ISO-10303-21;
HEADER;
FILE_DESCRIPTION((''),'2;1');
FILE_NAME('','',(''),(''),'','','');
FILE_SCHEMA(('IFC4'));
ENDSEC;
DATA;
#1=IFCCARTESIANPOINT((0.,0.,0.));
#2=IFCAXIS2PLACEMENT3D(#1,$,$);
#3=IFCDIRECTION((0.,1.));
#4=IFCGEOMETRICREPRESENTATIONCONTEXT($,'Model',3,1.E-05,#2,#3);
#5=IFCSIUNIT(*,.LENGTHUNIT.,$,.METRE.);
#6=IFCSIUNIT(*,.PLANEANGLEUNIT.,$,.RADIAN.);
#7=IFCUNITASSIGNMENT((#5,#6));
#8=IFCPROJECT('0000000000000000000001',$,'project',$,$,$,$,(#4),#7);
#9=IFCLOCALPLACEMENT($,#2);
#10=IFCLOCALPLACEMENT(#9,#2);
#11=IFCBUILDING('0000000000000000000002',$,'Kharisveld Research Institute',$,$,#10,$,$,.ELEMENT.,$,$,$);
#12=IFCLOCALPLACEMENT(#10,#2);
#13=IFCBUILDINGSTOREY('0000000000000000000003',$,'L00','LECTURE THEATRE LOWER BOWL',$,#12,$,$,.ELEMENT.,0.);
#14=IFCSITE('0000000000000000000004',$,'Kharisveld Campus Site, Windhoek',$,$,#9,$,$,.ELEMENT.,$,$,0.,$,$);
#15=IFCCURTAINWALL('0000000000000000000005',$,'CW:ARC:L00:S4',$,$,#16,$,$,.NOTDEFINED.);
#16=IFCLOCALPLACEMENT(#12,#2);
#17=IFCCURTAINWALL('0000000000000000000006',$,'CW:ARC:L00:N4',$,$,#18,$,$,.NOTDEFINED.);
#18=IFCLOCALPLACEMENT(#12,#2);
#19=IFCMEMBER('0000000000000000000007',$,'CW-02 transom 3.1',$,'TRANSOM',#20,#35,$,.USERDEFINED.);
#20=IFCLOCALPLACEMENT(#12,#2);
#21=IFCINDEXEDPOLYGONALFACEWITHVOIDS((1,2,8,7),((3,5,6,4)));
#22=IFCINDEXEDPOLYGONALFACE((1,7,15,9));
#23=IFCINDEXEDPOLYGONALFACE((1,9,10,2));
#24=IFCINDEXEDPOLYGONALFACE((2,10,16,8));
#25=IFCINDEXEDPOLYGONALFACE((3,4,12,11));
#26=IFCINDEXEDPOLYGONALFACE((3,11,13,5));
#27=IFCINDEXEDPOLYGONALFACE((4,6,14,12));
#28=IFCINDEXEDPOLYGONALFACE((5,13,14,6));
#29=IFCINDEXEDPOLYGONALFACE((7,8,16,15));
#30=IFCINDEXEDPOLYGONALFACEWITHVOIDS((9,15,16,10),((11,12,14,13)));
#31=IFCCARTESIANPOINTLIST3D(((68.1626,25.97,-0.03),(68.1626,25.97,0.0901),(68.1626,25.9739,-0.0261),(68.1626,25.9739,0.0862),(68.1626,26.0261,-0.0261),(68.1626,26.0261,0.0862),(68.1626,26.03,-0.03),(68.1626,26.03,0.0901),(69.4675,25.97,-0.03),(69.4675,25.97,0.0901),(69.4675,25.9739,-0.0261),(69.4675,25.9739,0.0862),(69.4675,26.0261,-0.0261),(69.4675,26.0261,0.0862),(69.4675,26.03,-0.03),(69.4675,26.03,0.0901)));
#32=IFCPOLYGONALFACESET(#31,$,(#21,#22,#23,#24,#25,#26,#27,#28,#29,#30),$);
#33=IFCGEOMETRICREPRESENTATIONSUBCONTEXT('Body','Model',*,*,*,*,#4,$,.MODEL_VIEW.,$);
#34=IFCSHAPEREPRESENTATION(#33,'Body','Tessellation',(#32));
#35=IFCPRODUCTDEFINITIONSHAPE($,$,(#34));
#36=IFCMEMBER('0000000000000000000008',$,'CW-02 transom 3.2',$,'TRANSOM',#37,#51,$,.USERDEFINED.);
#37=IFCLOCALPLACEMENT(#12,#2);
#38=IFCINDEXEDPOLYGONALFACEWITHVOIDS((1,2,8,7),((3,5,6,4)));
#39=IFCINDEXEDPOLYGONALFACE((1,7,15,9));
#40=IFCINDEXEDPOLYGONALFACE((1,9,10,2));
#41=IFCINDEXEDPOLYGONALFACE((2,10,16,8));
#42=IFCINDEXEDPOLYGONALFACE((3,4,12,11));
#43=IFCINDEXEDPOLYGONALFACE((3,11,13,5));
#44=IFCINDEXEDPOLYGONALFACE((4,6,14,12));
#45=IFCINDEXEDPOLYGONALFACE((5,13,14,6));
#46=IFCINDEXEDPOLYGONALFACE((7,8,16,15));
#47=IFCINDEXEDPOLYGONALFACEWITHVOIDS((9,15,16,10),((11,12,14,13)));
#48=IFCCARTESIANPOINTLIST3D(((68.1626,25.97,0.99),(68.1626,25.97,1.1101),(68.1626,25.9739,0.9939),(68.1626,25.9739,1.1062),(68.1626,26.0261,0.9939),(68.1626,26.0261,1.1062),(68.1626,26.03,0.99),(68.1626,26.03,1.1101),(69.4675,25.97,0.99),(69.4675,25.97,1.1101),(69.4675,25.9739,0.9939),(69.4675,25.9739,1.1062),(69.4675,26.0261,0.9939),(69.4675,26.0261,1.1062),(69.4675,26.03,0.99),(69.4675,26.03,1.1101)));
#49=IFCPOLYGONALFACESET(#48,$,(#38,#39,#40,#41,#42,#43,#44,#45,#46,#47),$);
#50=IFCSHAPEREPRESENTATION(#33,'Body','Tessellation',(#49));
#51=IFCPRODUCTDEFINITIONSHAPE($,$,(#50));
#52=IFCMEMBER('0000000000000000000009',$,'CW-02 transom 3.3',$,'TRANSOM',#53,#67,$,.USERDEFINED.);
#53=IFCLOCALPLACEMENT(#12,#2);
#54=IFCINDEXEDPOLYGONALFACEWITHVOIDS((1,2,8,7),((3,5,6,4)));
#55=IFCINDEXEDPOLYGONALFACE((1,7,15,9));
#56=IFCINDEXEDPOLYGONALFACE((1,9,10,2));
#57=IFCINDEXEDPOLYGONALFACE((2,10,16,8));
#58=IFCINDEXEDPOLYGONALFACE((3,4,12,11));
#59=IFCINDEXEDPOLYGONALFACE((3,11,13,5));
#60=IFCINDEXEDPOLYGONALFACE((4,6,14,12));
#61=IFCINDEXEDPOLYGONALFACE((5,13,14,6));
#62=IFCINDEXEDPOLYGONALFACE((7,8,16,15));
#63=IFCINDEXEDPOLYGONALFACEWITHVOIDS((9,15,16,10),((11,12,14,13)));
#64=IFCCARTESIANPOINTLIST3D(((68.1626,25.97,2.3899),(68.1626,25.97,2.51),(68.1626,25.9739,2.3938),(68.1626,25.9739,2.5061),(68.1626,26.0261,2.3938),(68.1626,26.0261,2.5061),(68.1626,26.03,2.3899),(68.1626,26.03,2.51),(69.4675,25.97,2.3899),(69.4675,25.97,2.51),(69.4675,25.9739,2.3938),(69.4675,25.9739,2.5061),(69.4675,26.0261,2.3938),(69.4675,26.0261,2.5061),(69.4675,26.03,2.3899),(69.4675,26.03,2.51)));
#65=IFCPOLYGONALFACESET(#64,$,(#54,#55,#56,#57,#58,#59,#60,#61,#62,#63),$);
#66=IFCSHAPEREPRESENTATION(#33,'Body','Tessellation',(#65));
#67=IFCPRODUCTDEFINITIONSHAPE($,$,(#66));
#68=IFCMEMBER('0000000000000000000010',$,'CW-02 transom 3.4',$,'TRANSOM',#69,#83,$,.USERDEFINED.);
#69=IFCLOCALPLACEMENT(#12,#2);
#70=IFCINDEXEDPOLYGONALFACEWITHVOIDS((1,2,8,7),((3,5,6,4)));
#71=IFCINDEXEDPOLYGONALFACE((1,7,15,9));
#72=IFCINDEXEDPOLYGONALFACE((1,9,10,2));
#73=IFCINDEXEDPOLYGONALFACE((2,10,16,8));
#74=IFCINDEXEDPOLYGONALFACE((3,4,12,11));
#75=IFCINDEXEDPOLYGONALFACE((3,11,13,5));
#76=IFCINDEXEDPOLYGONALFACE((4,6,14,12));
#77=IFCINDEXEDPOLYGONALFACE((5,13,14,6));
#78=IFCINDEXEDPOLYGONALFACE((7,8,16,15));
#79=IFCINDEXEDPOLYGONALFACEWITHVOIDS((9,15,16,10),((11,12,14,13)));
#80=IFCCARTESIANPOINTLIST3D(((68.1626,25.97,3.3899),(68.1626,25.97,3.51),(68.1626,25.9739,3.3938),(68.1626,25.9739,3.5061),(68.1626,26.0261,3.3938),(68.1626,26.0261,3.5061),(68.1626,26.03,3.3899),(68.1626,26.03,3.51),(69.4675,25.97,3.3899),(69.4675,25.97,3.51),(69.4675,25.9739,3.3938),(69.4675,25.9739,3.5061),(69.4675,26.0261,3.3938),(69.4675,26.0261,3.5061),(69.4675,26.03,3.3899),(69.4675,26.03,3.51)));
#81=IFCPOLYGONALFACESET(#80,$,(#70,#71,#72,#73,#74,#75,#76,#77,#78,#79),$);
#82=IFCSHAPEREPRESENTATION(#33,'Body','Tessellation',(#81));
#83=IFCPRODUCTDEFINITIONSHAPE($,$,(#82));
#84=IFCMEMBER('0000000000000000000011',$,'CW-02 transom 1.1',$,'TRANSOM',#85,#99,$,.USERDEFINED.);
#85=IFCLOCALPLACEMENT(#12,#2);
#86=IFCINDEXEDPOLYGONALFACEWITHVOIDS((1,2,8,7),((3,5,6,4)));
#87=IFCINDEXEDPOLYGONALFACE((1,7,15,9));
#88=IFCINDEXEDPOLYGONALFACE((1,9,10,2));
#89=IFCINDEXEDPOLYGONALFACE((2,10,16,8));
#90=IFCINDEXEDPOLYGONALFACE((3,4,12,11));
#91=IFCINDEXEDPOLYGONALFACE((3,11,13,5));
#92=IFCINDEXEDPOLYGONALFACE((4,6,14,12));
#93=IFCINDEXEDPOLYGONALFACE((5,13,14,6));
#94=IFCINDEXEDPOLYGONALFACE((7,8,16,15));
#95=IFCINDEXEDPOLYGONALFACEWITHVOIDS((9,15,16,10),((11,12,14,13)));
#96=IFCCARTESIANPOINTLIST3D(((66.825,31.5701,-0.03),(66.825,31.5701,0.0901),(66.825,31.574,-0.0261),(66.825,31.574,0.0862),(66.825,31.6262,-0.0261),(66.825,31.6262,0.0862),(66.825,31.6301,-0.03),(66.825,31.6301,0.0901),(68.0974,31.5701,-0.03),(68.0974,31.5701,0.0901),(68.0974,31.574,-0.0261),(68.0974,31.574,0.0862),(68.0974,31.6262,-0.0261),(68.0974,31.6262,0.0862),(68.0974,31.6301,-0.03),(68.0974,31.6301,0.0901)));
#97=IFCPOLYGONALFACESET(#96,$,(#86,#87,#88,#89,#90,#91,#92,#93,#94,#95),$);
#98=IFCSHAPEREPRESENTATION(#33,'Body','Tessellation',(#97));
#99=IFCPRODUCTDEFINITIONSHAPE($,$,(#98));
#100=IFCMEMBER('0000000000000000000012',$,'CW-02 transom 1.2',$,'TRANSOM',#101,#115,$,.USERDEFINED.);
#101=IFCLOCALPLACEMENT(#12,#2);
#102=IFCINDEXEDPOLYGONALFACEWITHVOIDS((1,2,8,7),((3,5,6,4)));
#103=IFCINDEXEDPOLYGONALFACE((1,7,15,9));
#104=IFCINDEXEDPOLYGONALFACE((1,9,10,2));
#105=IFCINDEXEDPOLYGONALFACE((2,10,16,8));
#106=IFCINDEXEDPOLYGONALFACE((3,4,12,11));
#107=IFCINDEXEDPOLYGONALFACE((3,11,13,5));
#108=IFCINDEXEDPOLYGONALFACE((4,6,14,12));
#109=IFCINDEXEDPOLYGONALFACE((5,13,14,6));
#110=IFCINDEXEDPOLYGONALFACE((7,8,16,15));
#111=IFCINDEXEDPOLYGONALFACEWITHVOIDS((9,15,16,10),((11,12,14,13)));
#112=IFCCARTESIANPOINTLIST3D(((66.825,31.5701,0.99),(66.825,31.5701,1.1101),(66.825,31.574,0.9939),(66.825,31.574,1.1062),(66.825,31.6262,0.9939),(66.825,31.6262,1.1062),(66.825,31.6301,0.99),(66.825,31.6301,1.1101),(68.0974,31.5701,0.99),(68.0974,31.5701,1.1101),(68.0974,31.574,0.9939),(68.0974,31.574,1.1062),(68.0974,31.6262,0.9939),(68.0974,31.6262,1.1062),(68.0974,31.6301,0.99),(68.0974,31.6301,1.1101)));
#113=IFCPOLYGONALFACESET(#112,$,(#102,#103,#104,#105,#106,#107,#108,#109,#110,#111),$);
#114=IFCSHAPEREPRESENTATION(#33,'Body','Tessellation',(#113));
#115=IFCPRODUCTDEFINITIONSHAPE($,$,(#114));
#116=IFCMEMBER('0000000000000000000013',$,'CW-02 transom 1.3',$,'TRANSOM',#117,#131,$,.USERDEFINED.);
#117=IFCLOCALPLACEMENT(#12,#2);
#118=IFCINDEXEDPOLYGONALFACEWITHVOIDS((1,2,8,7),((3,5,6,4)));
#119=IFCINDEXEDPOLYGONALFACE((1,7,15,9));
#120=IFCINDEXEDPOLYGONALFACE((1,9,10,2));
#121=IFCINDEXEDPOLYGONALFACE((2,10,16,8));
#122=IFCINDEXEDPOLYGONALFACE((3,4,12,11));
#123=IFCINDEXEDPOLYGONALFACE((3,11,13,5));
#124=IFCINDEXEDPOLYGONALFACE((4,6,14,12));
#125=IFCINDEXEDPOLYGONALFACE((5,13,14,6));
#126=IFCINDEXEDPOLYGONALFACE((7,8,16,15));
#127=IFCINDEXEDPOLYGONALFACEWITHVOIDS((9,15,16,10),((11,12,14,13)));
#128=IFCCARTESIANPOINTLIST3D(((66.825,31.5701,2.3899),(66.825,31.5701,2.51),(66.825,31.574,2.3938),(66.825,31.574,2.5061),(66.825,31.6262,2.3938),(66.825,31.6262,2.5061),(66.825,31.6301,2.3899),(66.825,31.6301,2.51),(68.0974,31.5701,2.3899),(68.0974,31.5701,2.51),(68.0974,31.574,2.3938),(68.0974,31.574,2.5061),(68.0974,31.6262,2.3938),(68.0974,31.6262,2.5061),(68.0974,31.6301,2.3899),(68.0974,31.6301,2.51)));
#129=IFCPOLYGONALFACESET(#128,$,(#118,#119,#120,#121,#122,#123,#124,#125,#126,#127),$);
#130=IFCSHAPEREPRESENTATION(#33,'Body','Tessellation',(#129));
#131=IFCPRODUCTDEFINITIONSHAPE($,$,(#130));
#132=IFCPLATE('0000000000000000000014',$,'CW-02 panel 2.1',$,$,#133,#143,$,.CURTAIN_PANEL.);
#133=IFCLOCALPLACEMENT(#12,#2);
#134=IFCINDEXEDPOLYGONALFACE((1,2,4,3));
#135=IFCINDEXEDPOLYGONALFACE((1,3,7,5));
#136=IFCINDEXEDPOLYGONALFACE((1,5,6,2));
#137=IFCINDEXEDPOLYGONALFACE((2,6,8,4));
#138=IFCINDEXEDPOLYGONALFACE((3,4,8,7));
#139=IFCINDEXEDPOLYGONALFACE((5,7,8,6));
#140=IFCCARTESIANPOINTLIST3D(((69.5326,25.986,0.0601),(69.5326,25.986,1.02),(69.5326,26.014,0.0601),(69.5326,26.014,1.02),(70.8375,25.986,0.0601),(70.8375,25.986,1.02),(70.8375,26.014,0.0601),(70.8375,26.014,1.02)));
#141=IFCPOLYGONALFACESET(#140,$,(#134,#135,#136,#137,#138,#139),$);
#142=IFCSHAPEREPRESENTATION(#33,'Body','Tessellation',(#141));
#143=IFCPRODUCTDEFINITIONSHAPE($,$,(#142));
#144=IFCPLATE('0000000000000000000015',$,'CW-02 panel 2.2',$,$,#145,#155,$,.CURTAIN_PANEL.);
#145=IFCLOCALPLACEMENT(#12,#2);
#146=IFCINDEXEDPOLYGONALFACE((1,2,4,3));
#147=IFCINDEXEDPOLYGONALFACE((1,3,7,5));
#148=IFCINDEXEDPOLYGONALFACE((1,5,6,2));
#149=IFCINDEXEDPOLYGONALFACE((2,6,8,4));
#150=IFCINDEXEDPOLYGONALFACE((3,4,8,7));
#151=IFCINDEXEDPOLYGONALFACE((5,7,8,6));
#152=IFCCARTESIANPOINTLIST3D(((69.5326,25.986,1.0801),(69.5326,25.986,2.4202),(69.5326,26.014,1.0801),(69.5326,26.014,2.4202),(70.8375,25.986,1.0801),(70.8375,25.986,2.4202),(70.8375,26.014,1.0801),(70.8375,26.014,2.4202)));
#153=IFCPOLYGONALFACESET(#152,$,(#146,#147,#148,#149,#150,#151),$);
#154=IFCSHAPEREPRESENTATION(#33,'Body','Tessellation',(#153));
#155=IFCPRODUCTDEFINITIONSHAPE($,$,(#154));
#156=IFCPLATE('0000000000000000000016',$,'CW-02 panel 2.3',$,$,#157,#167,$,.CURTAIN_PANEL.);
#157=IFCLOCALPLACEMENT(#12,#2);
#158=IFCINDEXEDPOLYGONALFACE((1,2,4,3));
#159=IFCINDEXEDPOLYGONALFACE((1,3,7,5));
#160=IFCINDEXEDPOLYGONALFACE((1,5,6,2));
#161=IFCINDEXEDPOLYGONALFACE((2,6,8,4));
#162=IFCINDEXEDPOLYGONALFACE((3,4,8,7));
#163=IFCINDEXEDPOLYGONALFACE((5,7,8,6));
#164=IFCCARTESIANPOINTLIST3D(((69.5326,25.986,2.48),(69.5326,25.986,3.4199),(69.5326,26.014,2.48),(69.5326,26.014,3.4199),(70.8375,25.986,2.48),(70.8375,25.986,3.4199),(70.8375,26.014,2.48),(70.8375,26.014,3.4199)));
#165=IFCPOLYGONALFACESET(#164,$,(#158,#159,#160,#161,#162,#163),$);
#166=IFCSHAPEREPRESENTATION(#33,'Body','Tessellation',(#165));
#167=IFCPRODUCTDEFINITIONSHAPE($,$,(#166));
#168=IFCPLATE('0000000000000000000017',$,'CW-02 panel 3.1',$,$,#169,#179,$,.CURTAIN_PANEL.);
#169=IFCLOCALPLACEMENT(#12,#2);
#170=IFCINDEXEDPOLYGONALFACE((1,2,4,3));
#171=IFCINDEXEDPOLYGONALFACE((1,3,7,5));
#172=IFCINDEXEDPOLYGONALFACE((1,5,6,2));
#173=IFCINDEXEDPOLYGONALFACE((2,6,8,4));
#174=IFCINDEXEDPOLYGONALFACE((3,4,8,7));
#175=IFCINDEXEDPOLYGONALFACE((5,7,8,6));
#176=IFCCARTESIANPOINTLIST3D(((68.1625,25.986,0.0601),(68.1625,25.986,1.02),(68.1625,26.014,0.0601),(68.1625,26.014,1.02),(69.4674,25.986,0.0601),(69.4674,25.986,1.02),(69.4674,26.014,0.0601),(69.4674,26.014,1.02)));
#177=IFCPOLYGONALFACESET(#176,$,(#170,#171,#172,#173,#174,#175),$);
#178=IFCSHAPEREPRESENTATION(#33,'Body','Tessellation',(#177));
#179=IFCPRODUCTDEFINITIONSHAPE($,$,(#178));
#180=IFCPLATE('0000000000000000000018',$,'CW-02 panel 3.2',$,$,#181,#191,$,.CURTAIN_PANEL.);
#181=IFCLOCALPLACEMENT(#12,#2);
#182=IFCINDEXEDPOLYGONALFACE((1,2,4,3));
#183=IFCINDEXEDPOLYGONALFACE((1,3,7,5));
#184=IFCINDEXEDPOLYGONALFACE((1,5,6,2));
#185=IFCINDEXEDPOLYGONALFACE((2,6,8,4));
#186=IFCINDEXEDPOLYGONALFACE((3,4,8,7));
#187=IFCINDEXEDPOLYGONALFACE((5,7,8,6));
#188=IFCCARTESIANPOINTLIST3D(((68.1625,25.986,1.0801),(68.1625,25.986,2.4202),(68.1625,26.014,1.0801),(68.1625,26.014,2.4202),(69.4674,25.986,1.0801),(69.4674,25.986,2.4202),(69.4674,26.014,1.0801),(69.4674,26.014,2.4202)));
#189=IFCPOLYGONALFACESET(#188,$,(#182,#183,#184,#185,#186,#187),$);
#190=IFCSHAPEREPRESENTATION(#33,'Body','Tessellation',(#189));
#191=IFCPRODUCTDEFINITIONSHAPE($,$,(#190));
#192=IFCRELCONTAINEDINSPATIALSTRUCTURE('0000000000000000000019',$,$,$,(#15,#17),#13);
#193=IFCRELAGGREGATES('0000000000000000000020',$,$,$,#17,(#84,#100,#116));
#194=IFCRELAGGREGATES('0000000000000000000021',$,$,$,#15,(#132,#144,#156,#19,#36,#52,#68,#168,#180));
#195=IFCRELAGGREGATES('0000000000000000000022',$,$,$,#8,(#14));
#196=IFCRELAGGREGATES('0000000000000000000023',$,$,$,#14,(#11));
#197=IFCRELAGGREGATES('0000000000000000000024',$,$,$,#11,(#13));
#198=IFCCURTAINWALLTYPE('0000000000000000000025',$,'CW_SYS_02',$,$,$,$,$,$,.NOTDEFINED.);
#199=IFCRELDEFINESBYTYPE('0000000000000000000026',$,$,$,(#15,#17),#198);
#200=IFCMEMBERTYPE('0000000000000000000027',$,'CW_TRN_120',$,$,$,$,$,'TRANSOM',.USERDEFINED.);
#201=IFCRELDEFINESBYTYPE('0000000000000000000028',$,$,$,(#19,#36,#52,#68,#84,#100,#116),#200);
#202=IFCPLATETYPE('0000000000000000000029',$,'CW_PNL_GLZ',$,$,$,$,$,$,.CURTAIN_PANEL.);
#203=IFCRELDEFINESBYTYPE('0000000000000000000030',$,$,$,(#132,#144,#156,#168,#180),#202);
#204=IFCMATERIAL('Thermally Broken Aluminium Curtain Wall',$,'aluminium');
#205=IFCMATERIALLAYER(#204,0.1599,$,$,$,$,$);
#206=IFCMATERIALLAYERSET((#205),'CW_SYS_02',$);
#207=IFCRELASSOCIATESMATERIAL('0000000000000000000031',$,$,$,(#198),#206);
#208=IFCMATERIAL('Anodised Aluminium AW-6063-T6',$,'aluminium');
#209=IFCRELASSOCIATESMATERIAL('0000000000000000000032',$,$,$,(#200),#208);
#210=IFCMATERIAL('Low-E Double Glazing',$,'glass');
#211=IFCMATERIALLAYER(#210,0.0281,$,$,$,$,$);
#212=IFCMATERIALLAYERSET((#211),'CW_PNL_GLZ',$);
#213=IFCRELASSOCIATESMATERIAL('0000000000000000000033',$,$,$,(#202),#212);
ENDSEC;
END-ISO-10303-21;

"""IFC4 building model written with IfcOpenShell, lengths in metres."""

from ifc_helpers import new_model, si_unit, direction, frame, origin, origin_2d, place, context, subcontext, project, spatial, rectangle, hollow_rectangle, extrude, material, layer, layer_set, material_profile, profile_set, type_object, element, aggregate, save


model = new_model("IFC4")

# Units and contexts
model_context = context("Model", 3, precision=1e-05, world=origin(), true_north=direction((0.0, 1.0)))
body_context = subcontext(model_context, "Body", "Model", "MODEL_VIEW")
ifc_project = project(units=[si_unit("LENGTHUNIT", "METRE"), si_unit("PLANEANGLEUNIT", "RADIAN")], contexts=[model_context])

# Site, building, storey
site_placement = place(None, origin())
site = spatial("IfcSite", under=ifc_project, at=site_placement, Name="Kharisveld Campus Site, Windhoek", CompositionType="ELEMENT", RefElevation=0.0)
building_placement = place(site_placement, origin())
building = spatial("IfcBuilding", under=site, at=building_placement, Name="Kharisveld Research Institute", CompositionType="ELEMENT")
storey_placement = place(building_placement, origin())
storey = spatial("IfcBuildingStorey", under=building, at=storey_placement, Name="L00", Description="LECTURE THEATRE LOWER BOWL", CompositionType="ELEMENT", Elevation=0.0)

# Curtain wall
ifc_material_1 = material(Name="Thermally Broken Aluminium Curtain Wall", Category="aluminium")
ifc_layer_1 = layer(ifc_material_1, 0.1599)
ifc_layer_set_1 = layer_set([ifc_layer_1], Name="CW_SYS_02")
curtain_wall_type = type_object("IfcCurtainWallType", Name="CW_SYS_02", PredefinedType="NOTDEFINED", material=ifc_layer_set_1)
curtain_wall_1_placement = place(storey_placement, origin())
curtain_wall_1 = element("IfcCurtainWall", 1, at=curtain_wall_1_placement, inside=storey, type_object=curtain_wall_type, Name="CW:ARC:L00:S4", PredefinedType="NOTDEFINED")

# Curtain wall
curtain_wall_2_placement = place(storey_placement, origin())
curtain_wall_2 = element("IfcCurtainWall", 2, at=curtain_wall_2_placement, inside=storey, type_object=curtain_wall_type, Name="CW:ARC:L00:N4", PredefinedType="NOTDEFINED")

# Members
ifc_material_2 = material(Name="Anodised Aluminium AW-6063-T6", Category="aluminium")
ifc_material_profile_1 = material_profile(ifc_material_2, hollow_rectangle(XDim=0.0601, YDim=0.1201, WallThickness=0.0039, at=origin_2d()))
ifc_profile_set_1 = profile_set([ifc_material_profile_1], Name="Anodised Aluminium AW-6063-T6")
member_type_1 = type_object("IfcMemberType", Name="CW_TRN_120", ElementType="TRANSOM", PredefinedType="USERDEFINED", material=ifc_profile_set_1)
member_1_placement = place(storey_placement, frame((69.4675, 26.0, 0.03), z_axis=(-1.0, 0.0, 0.0), x_axis=(0.0, -1.0, 0.0)))
member_1 = element("IfcMember", 3, at=member_1_placement, type_object=member_type_1, Name="CW-02 transom 3.1", ObjectType="TRANSOM", PredefinedType="USERDEFINED", context=body_context, shape_type="SweptSolid", body=[
    extrude(hollow_rectangle(XDim=0.0601, YDim=0.1201, WallThickness=0.0039, at=origin_2d()), origin(), (0.0, 0.0, 1.0), 1.3049),
])
member_2_placement = place(storey_placement, frame((69.4675, 26.0, 1.05), z_axis=(-1.0, 0.0, 0.0), x_axis=(0.0, -1.0, 0.0)))
member_2 = element("IfcMember", 4, at=member_2_placement, type_object=member_type_1, Name="CW-02 transom 3.2", ObjectType="TRANSOM", PredefinedType="USERDEFINED", context=body_context, shape_type="SweptSolid", body=[
    extrude(hollow_rectangle(XDim=0.0601, YDim=0.1201, WallThickness=0.0039, at=origin_2d()), origin(), (0.0, 0.0, 1.0), 1.3049),
])
member_3_placement = place(storey_placement, frame((69.4675, 26.0, 2.45), z_axis=(-1.0, 0.0, 0.0), x_axis=(0.0, -1.0, 0.0)))
member_3 = element("IfcMember", 5, at=member_3_placement, type_object=member_type_1, Name="CW-02 transom 3.3", ObjectType="TRANSOM", PredefinedType="USERDEFINED", context=body_context, shape_type="SweptSolid", body=[
    extrude(hollow_rectangle(XDim=0.0601, YDim=0.1201, WallThickness=0.0039, at=origin_2d()), origin(), (0.0, 0.0, 1.0), 1.3049),
])
member_4_placement = place(storey_placement, frame((69.4675, 26.0, 3.45), z_axis=(-1.0, 0.0, 0.0), x_axis=(0.0, -1.0, 0.0)))
member_4 = element("IfcMember", 6, at=member_4_placement, type_object=member_type_1, Name="CW-02 transom 3.4", ObjectType="TRANSOM", PredefinedType="USERDEFINED", context=body_context, shape_type="SweptSolid", body=[
    extrude(hollow_rectangle(XDim=0.0601, YDim=0.1201, WallThickness=0.0039, at=origin_2d()), origin(), (0.0, 0.0, 1.0), 1.3049),
])
member_5_placement = place(storey_placement, frame((66.825, 31.6001, 0.03), z_axis=(1.0, 0.0, 0.0), x_axis=(0.0, 1.0, 0.0)))
member_5 = element("IfcMember", 7, at=member_5_placement, type_object=member_type_1, Name="CW-02 transom 1.1", ObjectType="TRANSOM", PredefinedType="USERDEFINED", context=body_context, shape_type="SweptSolid", body=[
    extrude(hollow_rectangle(XDim=0.0601, YDim=0.1201, WallThickness=0.0039, at=origin_2d()), origin(), (0.0, 0.0, 1.0), 1.2725),
])
member_6_placement = place(storey_placement, frame((66.825, 31.6001, 1.05), z_axis=(1.0, 0.0, 0.0), x_axis=(0.0, 1.0, 0.0)))
member_6 = element("IfcMember", 8, at=member_6_placement, type_object=member_type_1, Name="CW-02 transom 1.2", ObjectType="TRANSOM", PredefinedType="USERDEFINED", context=body_context, shape_type="SweptSolid", body=[
    extrude(hollow_rectangle(XDim=0.0601, YDim=0.1201, WallThickness=0.0039, at=origin_2d()), origin(), (0.0, 0.0, 1.0), 1.2725),
])
member_7_placement = place(storey_placement, frame((66.825, 31.6001, 2.45), z_axis=(1.0, 0.0, 0.0), x_axis=(0.0, 1.0, 0.0)))
member_7 = element("IfcMember", 9, at=member_7_placement, type_object=member_type_1, Name="CW-02 transom 1.3", ObjectType="TRANSOM", PredefinedType="USERDEFINED", context=body_context, shape_type="SweptSolid", body=[
    extrude(hollow_rectangle(XDim=0.0601, YDim=0.1201, WallThickness=0.0039, at=origin_2d()), origin(), (0.0, 0.0, 1.0), 1.2725),
])
aggregate(curtain_wall_2, [member_5, member_6, member_7])

# Plates
ifc_material_3 = material(Name="Low-E Double Glazing", Category="glass")
ifc_layer_2 = layer(ifc_material_3, 0.0281)
ifc_layer_set_2 = layer_set([ifc_layer_2], Name="CW_PNL_GLZ")
plate_type = type_object("IfcPlateType", Name="CW_PNL_GLZ", PredefinedType="CURTAIN_PANEL", material=ifc_layer_set_2)
plate_1_placement = place(storey_placement, frame((70.1851, 26.0, 0.0601), z_axis=(0.0, 0.0, 1.0), x_axis=(-1.0, 0.0, 0.0)))
plate_1 = element("IfcPlate", 10, at=plate_1_placement, type_object=plate_type, Name="CW-02 panel 2.1", PredefinedType="CURTAIN_PANEL", context=body_context, shape_type="SweptSolid", body=[
    extrude(rectangle(XDim=1.3049, YDim=0.0281, at=origin_2d()), origin(), (0.0, 0.0, 1.0), 0.96),
])
plate_2_placement = place(storey_placement, frame((70.1851, 26.0, 1.0801), z_axis=(0.0, 0.0, 1.0), x_axis=(-1.0, 0.0, 0.0)))
plate_2 = element("IfcPlate", 11, at=plate_2_placement, type_object=plate_type, Name="CW-02 panel 2.2", PredefinedType="CURTAIN_PANEL", context=body_context, shape_type="SweptSolid", body=[
    extrude(rectangle(XDim=1.3049, YDim=0.0281, at=origin_2d()), origin(), (0.0, 0.0, 1.0), 1.3401),
])
plate_3_placement = place(storey_placement, frame((70.1851, 26.0, 2.48), z_axis=(0.0, 0.0, 1.0), x_axis=(-1.0, 0.0, 0.0)))
plate_3 = element("IfcPlate", 12, at=plate_3_placement, type_object=plate_type, Name="CW-02 panel 2.3", PredefinedType="CURTAIN_PANEL", context=body_context, shape_type="SweptSolid", body=[
    extrude(rectangle(XDim=1.3049, YDim=0.0281, at=origin_2d()), origin(), (0.0, 0.0, 1.0), 0.9399),
])
plate_4_placement = place(storey_placement, frame((68.8149, 26.0, 0.0601), z_axis=(0.0, 0.0, 1.0), x_axis=(-1.0, 0.0, 0.0)))
plate_4 = element("IfcPlate", 13, at=plate_4_placement, type_object=plate_type, Name="CW-02 panel 3.1", PredefinedType="CURTAIN_PANEL", context=body_context, shape_type="SweptSolid", body=[
    extrude(rectangle(XDim=1.3049, YDim=0.0281, at=origin_2d()), origin(), (0.0, 0.0, 1.0), 0.96),
])
plate_5_placement = place(storey_placement, frame((68.8149, 26.0, 1.0801), z_axis=(0.0, 0.0, 1.0), x_axis=(-1.0, 0.0, 0.0)))
plate_5 = element("IfcPlate", 14, at=plate_5_placement, type_object=plate_type, Name="CW-02 panel 3.2", PredefinedType="CURTAIN_PANEL", context=body_context, shape_type="SweptSolid", body=[
    extrude(rectangle(XDim=1.3049, YDim=0.0281, at=origin_2d()), origin(), (0.0, 0.0, 1.0), 1.3401),
])
aggregate(curtain_wall_1, [plate_1, plate_2, plate_3, member_1, member_2, member_3, member_4, plate_4, plate_5])

save(model, "model.ifc")
